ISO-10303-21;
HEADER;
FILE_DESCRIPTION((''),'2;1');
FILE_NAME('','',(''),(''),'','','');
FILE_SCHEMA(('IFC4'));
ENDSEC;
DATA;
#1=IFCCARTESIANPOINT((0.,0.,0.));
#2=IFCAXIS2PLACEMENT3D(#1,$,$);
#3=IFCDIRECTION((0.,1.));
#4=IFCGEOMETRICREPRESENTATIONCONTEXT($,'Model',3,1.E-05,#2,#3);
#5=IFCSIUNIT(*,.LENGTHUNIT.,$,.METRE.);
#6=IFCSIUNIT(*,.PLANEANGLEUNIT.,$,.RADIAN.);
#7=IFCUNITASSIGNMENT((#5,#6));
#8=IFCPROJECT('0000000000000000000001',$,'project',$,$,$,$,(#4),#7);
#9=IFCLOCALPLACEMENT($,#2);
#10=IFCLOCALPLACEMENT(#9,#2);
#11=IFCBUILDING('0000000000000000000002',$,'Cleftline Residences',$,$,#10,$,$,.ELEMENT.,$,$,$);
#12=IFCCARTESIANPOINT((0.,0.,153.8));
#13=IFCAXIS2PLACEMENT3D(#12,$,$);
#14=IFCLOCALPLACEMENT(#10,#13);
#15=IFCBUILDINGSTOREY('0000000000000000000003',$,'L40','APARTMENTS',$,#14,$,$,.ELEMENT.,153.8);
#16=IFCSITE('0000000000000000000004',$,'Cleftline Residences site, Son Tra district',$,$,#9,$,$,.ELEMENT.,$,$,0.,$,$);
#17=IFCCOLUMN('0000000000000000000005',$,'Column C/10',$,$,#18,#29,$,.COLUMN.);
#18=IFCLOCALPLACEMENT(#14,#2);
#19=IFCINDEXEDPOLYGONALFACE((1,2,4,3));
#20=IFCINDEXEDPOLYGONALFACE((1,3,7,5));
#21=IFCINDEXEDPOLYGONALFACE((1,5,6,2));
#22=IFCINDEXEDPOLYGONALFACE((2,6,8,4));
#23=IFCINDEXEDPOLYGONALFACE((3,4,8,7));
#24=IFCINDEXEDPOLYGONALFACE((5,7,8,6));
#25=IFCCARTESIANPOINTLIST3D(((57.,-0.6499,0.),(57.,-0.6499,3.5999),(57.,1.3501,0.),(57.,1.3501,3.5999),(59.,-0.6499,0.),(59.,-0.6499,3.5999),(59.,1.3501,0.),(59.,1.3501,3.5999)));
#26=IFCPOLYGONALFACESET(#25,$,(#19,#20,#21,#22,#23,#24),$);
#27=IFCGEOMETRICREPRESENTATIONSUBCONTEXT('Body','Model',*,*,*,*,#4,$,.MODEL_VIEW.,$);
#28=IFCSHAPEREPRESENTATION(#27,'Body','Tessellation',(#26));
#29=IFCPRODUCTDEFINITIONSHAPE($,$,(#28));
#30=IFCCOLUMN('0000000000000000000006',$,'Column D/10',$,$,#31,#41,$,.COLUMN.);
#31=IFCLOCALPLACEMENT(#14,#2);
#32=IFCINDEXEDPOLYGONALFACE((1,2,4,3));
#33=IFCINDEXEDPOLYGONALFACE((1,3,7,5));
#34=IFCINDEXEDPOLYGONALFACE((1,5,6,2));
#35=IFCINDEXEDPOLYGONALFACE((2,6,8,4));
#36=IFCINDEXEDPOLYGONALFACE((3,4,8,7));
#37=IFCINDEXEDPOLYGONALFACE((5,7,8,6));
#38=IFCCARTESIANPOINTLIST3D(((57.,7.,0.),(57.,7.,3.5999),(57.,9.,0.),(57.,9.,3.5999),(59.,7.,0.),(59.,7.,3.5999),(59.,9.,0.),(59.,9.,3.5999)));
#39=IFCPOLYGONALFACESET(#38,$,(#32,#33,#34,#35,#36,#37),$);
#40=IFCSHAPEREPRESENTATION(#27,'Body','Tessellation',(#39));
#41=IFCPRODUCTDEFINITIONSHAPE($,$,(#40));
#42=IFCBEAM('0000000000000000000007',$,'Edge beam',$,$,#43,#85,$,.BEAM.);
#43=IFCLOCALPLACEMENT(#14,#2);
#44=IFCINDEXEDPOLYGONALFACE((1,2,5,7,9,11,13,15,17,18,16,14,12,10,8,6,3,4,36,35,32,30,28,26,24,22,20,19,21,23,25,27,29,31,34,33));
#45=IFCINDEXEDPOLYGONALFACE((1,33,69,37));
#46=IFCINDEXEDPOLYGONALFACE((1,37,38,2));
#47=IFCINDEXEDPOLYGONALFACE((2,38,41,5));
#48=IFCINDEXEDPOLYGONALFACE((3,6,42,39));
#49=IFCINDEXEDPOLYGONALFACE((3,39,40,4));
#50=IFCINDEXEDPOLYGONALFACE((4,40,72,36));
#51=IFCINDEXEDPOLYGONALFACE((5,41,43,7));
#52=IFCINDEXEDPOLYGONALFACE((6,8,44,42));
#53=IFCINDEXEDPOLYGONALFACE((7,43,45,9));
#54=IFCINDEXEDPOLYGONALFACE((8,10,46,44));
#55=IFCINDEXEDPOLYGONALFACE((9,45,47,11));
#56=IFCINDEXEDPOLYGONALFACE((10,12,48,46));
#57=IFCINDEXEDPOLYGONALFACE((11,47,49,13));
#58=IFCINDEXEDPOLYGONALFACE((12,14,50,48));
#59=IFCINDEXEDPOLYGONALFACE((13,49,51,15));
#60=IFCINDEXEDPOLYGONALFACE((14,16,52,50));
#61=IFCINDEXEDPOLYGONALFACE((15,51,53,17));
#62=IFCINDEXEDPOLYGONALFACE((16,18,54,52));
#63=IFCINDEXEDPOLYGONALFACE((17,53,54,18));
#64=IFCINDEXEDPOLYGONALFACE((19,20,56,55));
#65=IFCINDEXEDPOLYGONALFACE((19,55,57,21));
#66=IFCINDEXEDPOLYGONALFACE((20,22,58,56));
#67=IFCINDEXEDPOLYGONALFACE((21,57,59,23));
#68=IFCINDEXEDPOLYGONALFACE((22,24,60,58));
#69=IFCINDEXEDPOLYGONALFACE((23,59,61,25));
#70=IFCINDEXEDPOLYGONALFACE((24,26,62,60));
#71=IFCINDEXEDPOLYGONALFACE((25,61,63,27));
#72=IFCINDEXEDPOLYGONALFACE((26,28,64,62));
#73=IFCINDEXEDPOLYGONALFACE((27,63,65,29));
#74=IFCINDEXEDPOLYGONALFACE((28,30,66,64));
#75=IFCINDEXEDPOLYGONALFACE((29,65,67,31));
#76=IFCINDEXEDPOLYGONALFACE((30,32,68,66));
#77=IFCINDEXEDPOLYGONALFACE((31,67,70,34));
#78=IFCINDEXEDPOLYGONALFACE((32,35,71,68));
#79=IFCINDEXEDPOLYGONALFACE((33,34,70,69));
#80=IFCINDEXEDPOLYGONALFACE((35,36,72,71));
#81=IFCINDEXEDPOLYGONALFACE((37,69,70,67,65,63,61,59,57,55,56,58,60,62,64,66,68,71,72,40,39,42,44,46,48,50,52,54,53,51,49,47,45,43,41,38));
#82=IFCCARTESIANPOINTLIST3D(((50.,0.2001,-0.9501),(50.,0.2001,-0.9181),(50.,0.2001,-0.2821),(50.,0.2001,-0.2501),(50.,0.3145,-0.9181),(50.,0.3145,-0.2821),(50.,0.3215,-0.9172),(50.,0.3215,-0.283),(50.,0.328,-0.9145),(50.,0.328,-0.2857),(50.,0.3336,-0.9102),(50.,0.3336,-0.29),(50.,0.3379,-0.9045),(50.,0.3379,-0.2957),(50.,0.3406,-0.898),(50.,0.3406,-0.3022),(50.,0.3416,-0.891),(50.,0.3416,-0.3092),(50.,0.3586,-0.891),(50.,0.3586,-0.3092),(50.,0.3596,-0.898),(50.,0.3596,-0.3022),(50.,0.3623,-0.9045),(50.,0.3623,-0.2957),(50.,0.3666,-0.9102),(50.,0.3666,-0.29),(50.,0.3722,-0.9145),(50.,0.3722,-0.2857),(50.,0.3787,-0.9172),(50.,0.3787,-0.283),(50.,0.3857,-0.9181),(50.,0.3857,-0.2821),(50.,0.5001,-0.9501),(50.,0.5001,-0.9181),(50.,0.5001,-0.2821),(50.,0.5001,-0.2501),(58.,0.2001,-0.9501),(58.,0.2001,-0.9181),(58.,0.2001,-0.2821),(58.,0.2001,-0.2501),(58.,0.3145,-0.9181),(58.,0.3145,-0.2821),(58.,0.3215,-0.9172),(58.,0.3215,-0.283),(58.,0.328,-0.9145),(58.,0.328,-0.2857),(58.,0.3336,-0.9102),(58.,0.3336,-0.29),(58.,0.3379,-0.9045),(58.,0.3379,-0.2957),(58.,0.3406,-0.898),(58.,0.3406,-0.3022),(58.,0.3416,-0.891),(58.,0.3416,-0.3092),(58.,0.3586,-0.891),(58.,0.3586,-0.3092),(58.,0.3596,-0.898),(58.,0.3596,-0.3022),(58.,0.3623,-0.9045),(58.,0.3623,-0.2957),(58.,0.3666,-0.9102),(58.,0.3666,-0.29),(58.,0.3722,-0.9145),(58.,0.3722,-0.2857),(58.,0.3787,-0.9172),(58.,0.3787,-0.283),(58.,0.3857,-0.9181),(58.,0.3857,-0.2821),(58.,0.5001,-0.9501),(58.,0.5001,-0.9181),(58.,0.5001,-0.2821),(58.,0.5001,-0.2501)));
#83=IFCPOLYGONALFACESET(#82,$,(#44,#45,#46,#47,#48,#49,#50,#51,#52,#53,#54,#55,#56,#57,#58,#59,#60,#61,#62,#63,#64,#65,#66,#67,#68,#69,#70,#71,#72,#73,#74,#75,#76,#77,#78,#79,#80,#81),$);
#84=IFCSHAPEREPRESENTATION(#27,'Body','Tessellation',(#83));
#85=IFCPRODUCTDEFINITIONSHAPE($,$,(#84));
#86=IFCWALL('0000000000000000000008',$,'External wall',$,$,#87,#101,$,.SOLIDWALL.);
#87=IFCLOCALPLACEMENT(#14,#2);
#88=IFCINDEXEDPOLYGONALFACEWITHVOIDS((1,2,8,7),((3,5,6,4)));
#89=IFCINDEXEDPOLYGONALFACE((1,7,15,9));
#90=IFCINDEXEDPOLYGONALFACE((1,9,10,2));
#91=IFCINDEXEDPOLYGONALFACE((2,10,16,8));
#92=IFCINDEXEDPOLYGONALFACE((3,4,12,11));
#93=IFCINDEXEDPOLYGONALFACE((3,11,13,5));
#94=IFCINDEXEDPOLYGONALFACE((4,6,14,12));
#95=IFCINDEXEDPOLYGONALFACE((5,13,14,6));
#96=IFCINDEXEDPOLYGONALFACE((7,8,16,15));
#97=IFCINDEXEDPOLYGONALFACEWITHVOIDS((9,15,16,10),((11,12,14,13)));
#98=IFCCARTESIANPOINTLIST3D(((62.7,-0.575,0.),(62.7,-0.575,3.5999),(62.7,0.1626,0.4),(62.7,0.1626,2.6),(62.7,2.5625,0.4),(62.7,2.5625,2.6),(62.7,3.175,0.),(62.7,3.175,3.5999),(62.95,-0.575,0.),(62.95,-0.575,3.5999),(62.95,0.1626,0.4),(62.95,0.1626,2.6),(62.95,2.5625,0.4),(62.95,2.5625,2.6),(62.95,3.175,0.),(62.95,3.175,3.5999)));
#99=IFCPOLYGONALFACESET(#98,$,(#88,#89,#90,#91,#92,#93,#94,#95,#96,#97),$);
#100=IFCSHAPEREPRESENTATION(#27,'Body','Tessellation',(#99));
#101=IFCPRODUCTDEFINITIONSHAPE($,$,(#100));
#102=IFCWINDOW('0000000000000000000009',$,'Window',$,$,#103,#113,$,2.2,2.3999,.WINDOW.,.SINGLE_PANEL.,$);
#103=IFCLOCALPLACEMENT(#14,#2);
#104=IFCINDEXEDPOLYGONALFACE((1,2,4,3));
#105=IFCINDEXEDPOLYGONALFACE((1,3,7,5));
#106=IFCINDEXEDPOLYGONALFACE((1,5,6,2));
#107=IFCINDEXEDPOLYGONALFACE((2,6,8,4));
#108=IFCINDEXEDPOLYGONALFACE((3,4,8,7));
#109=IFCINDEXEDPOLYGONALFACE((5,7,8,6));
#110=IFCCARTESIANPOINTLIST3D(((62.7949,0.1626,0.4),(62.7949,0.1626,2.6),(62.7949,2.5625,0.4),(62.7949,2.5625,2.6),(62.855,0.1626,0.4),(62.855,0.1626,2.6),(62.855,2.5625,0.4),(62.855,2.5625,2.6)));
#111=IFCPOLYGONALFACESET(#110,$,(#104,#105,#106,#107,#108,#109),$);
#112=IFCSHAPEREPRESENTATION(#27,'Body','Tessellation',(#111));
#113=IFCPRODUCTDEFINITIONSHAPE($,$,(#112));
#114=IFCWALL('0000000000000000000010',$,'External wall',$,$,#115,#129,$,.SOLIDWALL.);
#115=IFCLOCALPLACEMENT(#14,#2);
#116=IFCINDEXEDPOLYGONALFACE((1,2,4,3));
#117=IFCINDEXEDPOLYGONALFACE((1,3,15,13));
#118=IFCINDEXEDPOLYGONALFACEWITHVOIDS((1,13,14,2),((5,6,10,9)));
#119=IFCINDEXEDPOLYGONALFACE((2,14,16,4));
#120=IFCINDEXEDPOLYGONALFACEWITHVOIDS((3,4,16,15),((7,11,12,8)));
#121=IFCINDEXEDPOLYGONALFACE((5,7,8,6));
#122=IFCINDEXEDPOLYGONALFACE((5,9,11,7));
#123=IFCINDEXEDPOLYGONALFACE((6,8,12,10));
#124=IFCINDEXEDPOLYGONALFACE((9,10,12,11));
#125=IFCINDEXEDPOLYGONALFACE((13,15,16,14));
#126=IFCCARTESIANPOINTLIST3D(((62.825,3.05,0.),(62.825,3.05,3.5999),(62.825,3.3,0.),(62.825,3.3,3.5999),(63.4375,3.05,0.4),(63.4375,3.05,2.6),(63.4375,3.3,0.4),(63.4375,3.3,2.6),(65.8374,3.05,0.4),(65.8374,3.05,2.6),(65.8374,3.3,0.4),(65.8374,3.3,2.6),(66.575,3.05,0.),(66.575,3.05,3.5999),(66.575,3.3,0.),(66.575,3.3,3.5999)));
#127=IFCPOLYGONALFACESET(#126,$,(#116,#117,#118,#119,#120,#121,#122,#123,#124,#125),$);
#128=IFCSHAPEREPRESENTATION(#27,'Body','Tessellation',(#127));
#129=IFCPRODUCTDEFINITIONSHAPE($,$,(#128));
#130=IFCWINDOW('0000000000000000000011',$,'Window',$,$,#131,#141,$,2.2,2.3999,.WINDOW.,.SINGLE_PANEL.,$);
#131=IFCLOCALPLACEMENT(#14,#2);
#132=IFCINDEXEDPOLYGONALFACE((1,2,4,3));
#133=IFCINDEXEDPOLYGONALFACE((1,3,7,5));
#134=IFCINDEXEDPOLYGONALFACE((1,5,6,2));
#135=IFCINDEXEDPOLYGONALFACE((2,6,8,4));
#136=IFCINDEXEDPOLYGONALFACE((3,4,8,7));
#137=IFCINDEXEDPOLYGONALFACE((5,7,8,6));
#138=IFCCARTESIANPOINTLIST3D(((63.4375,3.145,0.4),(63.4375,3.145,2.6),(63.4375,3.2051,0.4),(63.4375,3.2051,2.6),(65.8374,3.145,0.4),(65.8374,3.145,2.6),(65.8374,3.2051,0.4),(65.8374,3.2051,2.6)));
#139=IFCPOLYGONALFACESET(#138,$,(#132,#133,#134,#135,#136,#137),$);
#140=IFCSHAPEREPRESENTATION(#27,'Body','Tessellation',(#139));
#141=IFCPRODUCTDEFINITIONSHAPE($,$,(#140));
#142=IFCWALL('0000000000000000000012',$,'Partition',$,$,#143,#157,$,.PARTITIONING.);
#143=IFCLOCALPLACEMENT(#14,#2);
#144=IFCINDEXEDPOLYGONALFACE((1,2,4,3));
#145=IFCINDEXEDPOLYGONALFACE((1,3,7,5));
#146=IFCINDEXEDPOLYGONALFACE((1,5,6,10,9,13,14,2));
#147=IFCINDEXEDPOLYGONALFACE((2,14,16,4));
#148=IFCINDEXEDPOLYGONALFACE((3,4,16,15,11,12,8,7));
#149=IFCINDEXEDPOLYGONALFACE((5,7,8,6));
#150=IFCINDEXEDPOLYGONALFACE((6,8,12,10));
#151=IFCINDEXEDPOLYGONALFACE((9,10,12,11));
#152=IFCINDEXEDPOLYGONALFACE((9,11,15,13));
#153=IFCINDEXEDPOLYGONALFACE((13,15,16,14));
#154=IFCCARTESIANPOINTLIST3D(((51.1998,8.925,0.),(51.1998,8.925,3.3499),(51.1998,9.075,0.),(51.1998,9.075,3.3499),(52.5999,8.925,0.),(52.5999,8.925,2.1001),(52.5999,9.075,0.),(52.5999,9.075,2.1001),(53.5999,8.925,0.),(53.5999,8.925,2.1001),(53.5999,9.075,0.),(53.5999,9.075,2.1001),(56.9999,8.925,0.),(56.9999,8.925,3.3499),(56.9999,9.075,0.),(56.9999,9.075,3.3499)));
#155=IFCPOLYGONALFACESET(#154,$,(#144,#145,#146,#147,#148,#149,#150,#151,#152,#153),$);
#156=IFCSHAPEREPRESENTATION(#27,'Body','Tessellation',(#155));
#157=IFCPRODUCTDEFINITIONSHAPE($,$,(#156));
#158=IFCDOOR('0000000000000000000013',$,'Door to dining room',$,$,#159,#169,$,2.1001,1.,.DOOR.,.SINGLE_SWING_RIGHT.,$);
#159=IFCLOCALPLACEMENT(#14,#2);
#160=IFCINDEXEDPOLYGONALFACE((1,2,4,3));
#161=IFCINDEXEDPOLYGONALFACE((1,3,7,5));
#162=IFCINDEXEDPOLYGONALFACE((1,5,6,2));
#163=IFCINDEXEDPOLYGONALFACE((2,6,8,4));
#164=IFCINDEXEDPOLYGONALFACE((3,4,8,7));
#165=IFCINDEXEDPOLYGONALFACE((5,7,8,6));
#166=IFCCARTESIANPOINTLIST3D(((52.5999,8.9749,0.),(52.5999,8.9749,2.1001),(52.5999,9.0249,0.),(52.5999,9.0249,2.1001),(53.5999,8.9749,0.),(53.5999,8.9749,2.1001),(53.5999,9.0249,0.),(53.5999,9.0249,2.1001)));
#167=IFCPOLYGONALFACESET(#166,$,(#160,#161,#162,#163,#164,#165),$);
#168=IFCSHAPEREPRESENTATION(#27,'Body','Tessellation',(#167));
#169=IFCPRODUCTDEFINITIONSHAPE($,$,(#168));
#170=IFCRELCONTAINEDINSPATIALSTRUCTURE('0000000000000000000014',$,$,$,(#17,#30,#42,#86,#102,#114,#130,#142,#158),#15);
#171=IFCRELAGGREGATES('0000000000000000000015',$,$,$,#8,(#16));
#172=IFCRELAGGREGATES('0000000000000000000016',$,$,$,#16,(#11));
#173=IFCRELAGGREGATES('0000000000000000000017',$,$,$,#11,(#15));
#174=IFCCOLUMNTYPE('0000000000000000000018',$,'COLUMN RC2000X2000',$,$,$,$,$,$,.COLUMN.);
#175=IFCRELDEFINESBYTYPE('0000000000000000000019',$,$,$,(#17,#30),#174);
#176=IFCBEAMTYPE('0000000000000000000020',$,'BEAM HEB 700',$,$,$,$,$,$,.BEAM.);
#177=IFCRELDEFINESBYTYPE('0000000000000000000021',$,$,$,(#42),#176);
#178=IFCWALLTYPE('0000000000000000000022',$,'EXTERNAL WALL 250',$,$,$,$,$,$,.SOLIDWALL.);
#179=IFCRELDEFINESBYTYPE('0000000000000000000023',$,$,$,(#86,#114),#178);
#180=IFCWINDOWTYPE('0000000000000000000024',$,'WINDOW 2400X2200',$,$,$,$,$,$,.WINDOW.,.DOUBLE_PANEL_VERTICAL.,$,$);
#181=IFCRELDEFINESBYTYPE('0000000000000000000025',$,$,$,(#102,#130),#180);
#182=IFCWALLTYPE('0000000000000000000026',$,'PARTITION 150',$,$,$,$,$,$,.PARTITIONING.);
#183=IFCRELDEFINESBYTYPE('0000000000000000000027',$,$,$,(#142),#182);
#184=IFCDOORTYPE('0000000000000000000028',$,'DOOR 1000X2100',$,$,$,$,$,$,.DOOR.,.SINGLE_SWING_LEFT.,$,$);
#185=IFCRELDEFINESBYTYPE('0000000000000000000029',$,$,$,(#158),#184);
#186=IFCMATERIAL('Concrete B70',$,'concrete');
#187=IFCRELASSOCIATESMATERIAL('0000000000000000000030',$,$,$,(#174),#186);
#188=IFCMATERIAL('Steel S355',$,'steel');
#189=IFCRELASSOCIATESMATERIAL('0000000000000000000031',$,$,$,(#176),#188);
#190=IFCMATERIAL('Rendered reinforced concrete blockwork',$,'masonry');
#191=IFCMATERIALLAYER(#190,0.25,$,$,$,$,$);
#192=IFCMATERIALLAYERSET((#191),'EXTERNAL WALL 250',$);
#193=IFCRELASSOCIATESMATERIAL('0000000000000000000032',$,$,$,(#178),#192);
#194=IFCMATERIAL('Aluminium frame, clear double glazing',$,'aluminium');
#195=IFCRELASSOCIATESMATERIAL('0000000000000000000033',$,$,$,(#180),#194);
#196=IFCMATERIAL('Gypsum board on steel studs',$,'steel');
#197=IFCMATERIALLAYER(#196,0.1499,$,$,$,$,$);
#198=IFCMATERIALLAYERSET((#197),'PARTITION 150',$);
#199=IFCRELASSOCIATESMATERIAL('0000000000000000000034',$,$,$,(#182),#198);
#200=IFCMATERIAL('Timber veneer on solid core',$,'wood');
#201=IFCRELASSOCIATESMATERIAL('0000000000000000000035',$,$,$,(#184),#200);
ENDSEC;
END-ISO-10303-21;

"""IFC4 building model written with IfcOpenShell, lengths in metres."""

from ifc_helpers import new_model, si_unit, direction, frame, frame_2d, origin, origin_2d, place, context, subcontext, project, spatial, rectangle, i_section, extrude, material, layer, layer_set, material_profile, profile_set, type_object, element, fill, save


model = new_model("IFC4")

# Units and contexts
model_context = context("Model", 3, precision=1e-05, world=origin(), true_north=direction((0.0, 1.0)))
body_context = subcontext(model_context, "Body", "Model", "MODEL_VIEW")
ifc_project = project(units=[si_unit("LENGTHUNIT", "METRE"), si_unit("PLANEANGLEUNIT", "RADIAN")], contexts=[model_context])

# Site, building, storey
site_placement = place(None, origin())
site = spatial("IfcSite", under=ifc_project, at=site_placement, Name="Cleftline Residences site, Son Tra district", CompositionType="ELEMENT", RefElevation=0.0)
building_placement = place(site_placement, origin())
building = spatial("IfcBuilding", under=site, at=building_placement, Name="Cleftline Residences", CompositionType="ELEMENT")
storey_placement = place(building_placement, frame((0.0, 0.0, 153.8)))
storey = spatial("IfcBuildingStorey", under=building, at=storey_placement, Name="L40", Description="APARTMENTS", CompositionType="ELEMENT", Elevation=153.8)

# Columns
ifc_material_1 = material(Name="Concrete B70", Category="concrete")
ifc_material_profile_1 = material_profile(ifc_material_1, rectangle(XDim=2.0, YDim=2.0, at=origin_2d()))
ifc_profile_set_1 = profile_set([ifc_material_profile_1], Name="Concrete B70")
column_type = type_object("IfcColumnType", Name="COLUMN RC2000X2000", PredefinedType="COLUMN", material=ifc_profile_set_1)
for number, where, z_axis, x_axis, name in (
    (1, (58.0, 0.3501, 0.0), (0.0, 0.0, 1.0), (1.0, 0.0, 0.0), "Column C/10"),
    (2, (58.0, 8.0, 0.0), (0.0, 0.0, 1.0), (1.0, 0.0, 0.0), "Column D/10"),
):
    element("IfcColumn", number, at=place(storey_placement, frame(where, z_axis=z_axis, x_axis=x_axis)), inside=storey, type_object=column_type, Name=name, PredefinedType="COLUMN", context=body_context, shape_type="SweptSolid", body=[
        extrude(rectangle(XDim=2.0, YDim=2.0, at=origin_2d()), origin(), (0.0, 0.0, 1.0), 3.5999),
    ])

# Beam
ifc_material_2 = material(Name="Steel S355", Category="steel")
ifc_material_profile_2 = material_profile(ifc_material_2, i_section(OverallWidth=0.3, OverallDepth=0.7, WebThickness=0.0171, FlangeThickness=0.032, FilletRadius=0.0271, at=origin_2d()))
ifc_profile_set_2 = profile_set([ifc_material_profile_2], Name="Steel S355")
beam_type = type_object("IfcBeamType", Name="BEAM HEB 700", PredefinedType="BEAM", material=ifc_profile_set_2)
beam_placement = place(storey_placement, frame((58.0, 0.3501, -0.6001), z_axis=(-1.0, 0.0, 0.0), x_axis=(0.0, -1.0, 0.0)))
element("IfcBeam", 3, at=beam_placement, inside=storey, type_object=beam_type, Name="Edge beam", PredefinedType="BEAM", context=body_context, shape_type="SweptSolid", body=[
    extrude(i_section(OverallWidth=0.3, OverallDepth=0.7, WebThickness=0.0171, FlangeThickness=0.032, FilletRadius=0.0271, at=origin_2d()), origin(), (0.0, 0.0, 1.0), 8.0),
])

# Walls, openings, windows
ifc_material_3 = material(Name="Rendered reinforced concrete blockwork", Category="masonry")
ifc_layer_1 = layer(ifc_material_3, 0.25)
ifc_layer_set_1 = layer_set([ifc_layer_1], Name="EXTERNAL WALL 250")
wall_type_1 = type_object("IfcWallType", Name="EXTERNAL WALL 250", PredefinedType="SOLIDWALL", material=ifc_layer_set_1)
wall_1_placement = place(storey_placement, frame((62.825, -0.575, 0.0), z_axis=(0.0, 0.0, 1.0), x_axis=(0.0, 1.0, 0.0)))
wall_1 = element("IfcWall", 4, at=wall_1_placement, inside=storey, type_object=wall_type_1, Name="External wall", PredefinedType="SOLIDWALL", context=body_context, shape_type="SweptSolid", body=[
    extrude(rectangle(XDim=3.75, YDim=0.25, at=frame_2d((1.875, 0.0))), origin(), (0.0, 0.0, 1.0), 3.5999),
])
opening_1_placement = place(wall_1_placement, frame((0.7375, 0.0, 0.3999)))
opening_1 = element("IfcOpeningElement", 5, at=opening_1_placement, cuts=wall_1, PredefinedType="OPENING", context=body_context, shape_type="SweptSolid", body=[
    extrude(rectangle(XDim=2.3999, YDim=2.2, at=frame_2d((1.2, 1.1001))), frame((0.0, 0.135, 0.0), z_axis=(0.0, -1.0, 0.0), x_axis=(1.0, 0.0, 0.0)), (0.0, 0.0, 1.0), 0.27),
])
ifc_material_4 = material(Name="Aluminium frame, clear double glazing", Category="aluminium")
window_type = type_object("IfcWindowType", Name="WINDOW 2400X2200", PartitioningType="DOUBLE_PANEL_VERTICAL", PredefinedType="WINDOW", material=ifc_material_4)
window_1_placement = place(opening_1_placement, origin())
window_1 = element("IfcWindow", 6, at=window_1_placement, inside=storey, type_object=window_type, Name="Window", OverallHeight=2.2, OverallWidth=2.3999, PartitioningType="SINGLE_PANEL", PredefinedType="WINDOW", context=body_context, shape_type="SweptSolid", body=[
    extrude(rectangle(XDim=2.3999, YDim=2.2, at=frame_2d((1.2, 1.1001))), frame((0.0, 0.03, 0.0), z_axis=(0.0, -1.0, 0.0), x_axis=(1.0, 0.0, 0.0)), (0.0, 0.0, 1.0), 0.0601),
])
fill(opening_1, window_1)
wall_2_placement = place(storey_placement, frame((62.825, 3.175, 0.0), z_axis=(0.0, 0.0, 1.0), x_axis=(1.0, 0.0, 0.0)))
wall_2 = element("IfcWall", 7, at=wall_2_placement, inside=storey, type_object=wall_type_1, Name="External wall", PredefinedType="SOLIDWALL", context=body_context, shape_type="SweptSolid", body=[
    extrude(rectangle(XDim=3.75, YDim=0.25, at=frame_2d((1.875, 0.0))), origin(), (0.0, 0.0, 1.0), 3.5999),
])
opening_2_placement = place(wall_2_placement, frame((0.6125, 0.0, 0.3999)))
opening_2 = element("IfcOpeningElement", 8, at=opening_2_placement, cuts=wall_2, PredefinedType="OPENING", context=body_context, shape_type="SweptSolid", body=[
    extrude(rectangle(XDim=2.3999, YDim=2.2, at=frame_2d((1.2, 1.1001))), frame((0.0, 0.135, 0.0), z_axis=(0.0, -1.0, 0.0), x_axis=(1.0, 0.0, 0.0)), (0.0, 0.0, 1.0), 0.27),
])
window_2_placement = place(opening_2_placement, origin())
window_2 = element("IfcWindow", 9, at=window_2_placement, inside=storey, type_object=window_type, Name="Window", OverallHeight=2.2, OverallWidth=2.3999, PartitioningType="SINGLE_PANEL", PredefinedType="WINDOW", context=body_context, shape_type="SweptSolid", body=[
    extrude(rectangle(XDim=2.3999, YDim=2.2, at=frame_2d((1.2, 1.1001))), frame((0.0, 0.03, 0.0), z_axis=(0.0, -1.0, 0.0), x_axis=(1.0, 0.0, 0.0)), (0.0, 0.0, 1.0), 0.0601),
])
fill(opening_2, window_2)

# Wall, opening, door
ifc_material_5 = material(Name="Gypsum board on steel studs", Category="steel")
ifc_layer_2 = layer(ifc_material_5, 0.1499)
ifc_layer_set_2 = layer_set([ifc_layer_2], Name="PARTITION 150")
wall_type_2 = type_object("IfcWallType", Name="PARTITION 150", PredefinedType="PARTITIONING", material=ifc_layer_set_2)
wall_3_placement = place(storey_placement, frame((51.2, 9.0, 0.0), z_axis=(0.0, 0.0, 1.0), x_axis=(1.0, 0.0, 0.0)))
wall_3 = element("IfcWall", 10, at=wall_3_placement, inside=storey, type_object=wall_type_2, Name="Partition", PredefinedType="PARTITIONING", context=body_context, shape_type="SweptSolid", body=[
    extrude(rectangle(XDim=5.8, YDim=0.1499, at=frame_2d((2.8999, 0.0))), origin(), (0.0, 0.0, 1.0), 3.3499),
])
opening_3_placement = place(wall_3_placement, frame((1.3999, 0.0, 0.0)))
opening_3 = element("IfcOpeningElement", 11, at=opening_3_placement, cuts=wall_3, PredefinedType="OPENING", context=body_context, shape_type="SweptSolid", body=[
    extrude(rectangle(XDim=1.0, YDim=2.1001, at=frame_2d((0.5, 1.05))), frame((0.0, 0.085, 0.0), z_axis=(0.0, -1.0, 0.0), x_axis=(1.0, 0.0, 0.0)), (0.0, 0.0, 1.0), 0.1699),
])
ifc_material_6 = material(Name="Timber veneer on solid core", Category="wood")
door_type_1 = type_object("IfcDoorType", Name="DOOR 1000X2100", OperationType="SINGLE_SWING_LEFT", PredefinedType="DOOR", material=ifc_material_6)
door_1_placement = place(opening_3_placement, origin())
door_1 = element("IfcDoor", 12, at=door_1_placement, inside=storey, type_object=door_type_1, Name="Door to dining room", OperationType="SINGLE_SWING_RIGHT", OverallHeight=2.1001, OverallWidth=1.0, PredefinedType="DOOR", context=body_context, shape_type="SweptSolid", body=[
    extrude(rectangle(XDim=1.0, YDim=2.1001, at=frame_2d((0.5, 1.05))), frame((0.0, 0.0249, 0.0), z_axis=(0.0, -1.0, 0.0), x_axis=(1.0, 0.0, 0.0)), (0.0, 0.0, 1.0), 0.05),
])
fill(opening_3, door_1)

save(model, "model.ifc")
